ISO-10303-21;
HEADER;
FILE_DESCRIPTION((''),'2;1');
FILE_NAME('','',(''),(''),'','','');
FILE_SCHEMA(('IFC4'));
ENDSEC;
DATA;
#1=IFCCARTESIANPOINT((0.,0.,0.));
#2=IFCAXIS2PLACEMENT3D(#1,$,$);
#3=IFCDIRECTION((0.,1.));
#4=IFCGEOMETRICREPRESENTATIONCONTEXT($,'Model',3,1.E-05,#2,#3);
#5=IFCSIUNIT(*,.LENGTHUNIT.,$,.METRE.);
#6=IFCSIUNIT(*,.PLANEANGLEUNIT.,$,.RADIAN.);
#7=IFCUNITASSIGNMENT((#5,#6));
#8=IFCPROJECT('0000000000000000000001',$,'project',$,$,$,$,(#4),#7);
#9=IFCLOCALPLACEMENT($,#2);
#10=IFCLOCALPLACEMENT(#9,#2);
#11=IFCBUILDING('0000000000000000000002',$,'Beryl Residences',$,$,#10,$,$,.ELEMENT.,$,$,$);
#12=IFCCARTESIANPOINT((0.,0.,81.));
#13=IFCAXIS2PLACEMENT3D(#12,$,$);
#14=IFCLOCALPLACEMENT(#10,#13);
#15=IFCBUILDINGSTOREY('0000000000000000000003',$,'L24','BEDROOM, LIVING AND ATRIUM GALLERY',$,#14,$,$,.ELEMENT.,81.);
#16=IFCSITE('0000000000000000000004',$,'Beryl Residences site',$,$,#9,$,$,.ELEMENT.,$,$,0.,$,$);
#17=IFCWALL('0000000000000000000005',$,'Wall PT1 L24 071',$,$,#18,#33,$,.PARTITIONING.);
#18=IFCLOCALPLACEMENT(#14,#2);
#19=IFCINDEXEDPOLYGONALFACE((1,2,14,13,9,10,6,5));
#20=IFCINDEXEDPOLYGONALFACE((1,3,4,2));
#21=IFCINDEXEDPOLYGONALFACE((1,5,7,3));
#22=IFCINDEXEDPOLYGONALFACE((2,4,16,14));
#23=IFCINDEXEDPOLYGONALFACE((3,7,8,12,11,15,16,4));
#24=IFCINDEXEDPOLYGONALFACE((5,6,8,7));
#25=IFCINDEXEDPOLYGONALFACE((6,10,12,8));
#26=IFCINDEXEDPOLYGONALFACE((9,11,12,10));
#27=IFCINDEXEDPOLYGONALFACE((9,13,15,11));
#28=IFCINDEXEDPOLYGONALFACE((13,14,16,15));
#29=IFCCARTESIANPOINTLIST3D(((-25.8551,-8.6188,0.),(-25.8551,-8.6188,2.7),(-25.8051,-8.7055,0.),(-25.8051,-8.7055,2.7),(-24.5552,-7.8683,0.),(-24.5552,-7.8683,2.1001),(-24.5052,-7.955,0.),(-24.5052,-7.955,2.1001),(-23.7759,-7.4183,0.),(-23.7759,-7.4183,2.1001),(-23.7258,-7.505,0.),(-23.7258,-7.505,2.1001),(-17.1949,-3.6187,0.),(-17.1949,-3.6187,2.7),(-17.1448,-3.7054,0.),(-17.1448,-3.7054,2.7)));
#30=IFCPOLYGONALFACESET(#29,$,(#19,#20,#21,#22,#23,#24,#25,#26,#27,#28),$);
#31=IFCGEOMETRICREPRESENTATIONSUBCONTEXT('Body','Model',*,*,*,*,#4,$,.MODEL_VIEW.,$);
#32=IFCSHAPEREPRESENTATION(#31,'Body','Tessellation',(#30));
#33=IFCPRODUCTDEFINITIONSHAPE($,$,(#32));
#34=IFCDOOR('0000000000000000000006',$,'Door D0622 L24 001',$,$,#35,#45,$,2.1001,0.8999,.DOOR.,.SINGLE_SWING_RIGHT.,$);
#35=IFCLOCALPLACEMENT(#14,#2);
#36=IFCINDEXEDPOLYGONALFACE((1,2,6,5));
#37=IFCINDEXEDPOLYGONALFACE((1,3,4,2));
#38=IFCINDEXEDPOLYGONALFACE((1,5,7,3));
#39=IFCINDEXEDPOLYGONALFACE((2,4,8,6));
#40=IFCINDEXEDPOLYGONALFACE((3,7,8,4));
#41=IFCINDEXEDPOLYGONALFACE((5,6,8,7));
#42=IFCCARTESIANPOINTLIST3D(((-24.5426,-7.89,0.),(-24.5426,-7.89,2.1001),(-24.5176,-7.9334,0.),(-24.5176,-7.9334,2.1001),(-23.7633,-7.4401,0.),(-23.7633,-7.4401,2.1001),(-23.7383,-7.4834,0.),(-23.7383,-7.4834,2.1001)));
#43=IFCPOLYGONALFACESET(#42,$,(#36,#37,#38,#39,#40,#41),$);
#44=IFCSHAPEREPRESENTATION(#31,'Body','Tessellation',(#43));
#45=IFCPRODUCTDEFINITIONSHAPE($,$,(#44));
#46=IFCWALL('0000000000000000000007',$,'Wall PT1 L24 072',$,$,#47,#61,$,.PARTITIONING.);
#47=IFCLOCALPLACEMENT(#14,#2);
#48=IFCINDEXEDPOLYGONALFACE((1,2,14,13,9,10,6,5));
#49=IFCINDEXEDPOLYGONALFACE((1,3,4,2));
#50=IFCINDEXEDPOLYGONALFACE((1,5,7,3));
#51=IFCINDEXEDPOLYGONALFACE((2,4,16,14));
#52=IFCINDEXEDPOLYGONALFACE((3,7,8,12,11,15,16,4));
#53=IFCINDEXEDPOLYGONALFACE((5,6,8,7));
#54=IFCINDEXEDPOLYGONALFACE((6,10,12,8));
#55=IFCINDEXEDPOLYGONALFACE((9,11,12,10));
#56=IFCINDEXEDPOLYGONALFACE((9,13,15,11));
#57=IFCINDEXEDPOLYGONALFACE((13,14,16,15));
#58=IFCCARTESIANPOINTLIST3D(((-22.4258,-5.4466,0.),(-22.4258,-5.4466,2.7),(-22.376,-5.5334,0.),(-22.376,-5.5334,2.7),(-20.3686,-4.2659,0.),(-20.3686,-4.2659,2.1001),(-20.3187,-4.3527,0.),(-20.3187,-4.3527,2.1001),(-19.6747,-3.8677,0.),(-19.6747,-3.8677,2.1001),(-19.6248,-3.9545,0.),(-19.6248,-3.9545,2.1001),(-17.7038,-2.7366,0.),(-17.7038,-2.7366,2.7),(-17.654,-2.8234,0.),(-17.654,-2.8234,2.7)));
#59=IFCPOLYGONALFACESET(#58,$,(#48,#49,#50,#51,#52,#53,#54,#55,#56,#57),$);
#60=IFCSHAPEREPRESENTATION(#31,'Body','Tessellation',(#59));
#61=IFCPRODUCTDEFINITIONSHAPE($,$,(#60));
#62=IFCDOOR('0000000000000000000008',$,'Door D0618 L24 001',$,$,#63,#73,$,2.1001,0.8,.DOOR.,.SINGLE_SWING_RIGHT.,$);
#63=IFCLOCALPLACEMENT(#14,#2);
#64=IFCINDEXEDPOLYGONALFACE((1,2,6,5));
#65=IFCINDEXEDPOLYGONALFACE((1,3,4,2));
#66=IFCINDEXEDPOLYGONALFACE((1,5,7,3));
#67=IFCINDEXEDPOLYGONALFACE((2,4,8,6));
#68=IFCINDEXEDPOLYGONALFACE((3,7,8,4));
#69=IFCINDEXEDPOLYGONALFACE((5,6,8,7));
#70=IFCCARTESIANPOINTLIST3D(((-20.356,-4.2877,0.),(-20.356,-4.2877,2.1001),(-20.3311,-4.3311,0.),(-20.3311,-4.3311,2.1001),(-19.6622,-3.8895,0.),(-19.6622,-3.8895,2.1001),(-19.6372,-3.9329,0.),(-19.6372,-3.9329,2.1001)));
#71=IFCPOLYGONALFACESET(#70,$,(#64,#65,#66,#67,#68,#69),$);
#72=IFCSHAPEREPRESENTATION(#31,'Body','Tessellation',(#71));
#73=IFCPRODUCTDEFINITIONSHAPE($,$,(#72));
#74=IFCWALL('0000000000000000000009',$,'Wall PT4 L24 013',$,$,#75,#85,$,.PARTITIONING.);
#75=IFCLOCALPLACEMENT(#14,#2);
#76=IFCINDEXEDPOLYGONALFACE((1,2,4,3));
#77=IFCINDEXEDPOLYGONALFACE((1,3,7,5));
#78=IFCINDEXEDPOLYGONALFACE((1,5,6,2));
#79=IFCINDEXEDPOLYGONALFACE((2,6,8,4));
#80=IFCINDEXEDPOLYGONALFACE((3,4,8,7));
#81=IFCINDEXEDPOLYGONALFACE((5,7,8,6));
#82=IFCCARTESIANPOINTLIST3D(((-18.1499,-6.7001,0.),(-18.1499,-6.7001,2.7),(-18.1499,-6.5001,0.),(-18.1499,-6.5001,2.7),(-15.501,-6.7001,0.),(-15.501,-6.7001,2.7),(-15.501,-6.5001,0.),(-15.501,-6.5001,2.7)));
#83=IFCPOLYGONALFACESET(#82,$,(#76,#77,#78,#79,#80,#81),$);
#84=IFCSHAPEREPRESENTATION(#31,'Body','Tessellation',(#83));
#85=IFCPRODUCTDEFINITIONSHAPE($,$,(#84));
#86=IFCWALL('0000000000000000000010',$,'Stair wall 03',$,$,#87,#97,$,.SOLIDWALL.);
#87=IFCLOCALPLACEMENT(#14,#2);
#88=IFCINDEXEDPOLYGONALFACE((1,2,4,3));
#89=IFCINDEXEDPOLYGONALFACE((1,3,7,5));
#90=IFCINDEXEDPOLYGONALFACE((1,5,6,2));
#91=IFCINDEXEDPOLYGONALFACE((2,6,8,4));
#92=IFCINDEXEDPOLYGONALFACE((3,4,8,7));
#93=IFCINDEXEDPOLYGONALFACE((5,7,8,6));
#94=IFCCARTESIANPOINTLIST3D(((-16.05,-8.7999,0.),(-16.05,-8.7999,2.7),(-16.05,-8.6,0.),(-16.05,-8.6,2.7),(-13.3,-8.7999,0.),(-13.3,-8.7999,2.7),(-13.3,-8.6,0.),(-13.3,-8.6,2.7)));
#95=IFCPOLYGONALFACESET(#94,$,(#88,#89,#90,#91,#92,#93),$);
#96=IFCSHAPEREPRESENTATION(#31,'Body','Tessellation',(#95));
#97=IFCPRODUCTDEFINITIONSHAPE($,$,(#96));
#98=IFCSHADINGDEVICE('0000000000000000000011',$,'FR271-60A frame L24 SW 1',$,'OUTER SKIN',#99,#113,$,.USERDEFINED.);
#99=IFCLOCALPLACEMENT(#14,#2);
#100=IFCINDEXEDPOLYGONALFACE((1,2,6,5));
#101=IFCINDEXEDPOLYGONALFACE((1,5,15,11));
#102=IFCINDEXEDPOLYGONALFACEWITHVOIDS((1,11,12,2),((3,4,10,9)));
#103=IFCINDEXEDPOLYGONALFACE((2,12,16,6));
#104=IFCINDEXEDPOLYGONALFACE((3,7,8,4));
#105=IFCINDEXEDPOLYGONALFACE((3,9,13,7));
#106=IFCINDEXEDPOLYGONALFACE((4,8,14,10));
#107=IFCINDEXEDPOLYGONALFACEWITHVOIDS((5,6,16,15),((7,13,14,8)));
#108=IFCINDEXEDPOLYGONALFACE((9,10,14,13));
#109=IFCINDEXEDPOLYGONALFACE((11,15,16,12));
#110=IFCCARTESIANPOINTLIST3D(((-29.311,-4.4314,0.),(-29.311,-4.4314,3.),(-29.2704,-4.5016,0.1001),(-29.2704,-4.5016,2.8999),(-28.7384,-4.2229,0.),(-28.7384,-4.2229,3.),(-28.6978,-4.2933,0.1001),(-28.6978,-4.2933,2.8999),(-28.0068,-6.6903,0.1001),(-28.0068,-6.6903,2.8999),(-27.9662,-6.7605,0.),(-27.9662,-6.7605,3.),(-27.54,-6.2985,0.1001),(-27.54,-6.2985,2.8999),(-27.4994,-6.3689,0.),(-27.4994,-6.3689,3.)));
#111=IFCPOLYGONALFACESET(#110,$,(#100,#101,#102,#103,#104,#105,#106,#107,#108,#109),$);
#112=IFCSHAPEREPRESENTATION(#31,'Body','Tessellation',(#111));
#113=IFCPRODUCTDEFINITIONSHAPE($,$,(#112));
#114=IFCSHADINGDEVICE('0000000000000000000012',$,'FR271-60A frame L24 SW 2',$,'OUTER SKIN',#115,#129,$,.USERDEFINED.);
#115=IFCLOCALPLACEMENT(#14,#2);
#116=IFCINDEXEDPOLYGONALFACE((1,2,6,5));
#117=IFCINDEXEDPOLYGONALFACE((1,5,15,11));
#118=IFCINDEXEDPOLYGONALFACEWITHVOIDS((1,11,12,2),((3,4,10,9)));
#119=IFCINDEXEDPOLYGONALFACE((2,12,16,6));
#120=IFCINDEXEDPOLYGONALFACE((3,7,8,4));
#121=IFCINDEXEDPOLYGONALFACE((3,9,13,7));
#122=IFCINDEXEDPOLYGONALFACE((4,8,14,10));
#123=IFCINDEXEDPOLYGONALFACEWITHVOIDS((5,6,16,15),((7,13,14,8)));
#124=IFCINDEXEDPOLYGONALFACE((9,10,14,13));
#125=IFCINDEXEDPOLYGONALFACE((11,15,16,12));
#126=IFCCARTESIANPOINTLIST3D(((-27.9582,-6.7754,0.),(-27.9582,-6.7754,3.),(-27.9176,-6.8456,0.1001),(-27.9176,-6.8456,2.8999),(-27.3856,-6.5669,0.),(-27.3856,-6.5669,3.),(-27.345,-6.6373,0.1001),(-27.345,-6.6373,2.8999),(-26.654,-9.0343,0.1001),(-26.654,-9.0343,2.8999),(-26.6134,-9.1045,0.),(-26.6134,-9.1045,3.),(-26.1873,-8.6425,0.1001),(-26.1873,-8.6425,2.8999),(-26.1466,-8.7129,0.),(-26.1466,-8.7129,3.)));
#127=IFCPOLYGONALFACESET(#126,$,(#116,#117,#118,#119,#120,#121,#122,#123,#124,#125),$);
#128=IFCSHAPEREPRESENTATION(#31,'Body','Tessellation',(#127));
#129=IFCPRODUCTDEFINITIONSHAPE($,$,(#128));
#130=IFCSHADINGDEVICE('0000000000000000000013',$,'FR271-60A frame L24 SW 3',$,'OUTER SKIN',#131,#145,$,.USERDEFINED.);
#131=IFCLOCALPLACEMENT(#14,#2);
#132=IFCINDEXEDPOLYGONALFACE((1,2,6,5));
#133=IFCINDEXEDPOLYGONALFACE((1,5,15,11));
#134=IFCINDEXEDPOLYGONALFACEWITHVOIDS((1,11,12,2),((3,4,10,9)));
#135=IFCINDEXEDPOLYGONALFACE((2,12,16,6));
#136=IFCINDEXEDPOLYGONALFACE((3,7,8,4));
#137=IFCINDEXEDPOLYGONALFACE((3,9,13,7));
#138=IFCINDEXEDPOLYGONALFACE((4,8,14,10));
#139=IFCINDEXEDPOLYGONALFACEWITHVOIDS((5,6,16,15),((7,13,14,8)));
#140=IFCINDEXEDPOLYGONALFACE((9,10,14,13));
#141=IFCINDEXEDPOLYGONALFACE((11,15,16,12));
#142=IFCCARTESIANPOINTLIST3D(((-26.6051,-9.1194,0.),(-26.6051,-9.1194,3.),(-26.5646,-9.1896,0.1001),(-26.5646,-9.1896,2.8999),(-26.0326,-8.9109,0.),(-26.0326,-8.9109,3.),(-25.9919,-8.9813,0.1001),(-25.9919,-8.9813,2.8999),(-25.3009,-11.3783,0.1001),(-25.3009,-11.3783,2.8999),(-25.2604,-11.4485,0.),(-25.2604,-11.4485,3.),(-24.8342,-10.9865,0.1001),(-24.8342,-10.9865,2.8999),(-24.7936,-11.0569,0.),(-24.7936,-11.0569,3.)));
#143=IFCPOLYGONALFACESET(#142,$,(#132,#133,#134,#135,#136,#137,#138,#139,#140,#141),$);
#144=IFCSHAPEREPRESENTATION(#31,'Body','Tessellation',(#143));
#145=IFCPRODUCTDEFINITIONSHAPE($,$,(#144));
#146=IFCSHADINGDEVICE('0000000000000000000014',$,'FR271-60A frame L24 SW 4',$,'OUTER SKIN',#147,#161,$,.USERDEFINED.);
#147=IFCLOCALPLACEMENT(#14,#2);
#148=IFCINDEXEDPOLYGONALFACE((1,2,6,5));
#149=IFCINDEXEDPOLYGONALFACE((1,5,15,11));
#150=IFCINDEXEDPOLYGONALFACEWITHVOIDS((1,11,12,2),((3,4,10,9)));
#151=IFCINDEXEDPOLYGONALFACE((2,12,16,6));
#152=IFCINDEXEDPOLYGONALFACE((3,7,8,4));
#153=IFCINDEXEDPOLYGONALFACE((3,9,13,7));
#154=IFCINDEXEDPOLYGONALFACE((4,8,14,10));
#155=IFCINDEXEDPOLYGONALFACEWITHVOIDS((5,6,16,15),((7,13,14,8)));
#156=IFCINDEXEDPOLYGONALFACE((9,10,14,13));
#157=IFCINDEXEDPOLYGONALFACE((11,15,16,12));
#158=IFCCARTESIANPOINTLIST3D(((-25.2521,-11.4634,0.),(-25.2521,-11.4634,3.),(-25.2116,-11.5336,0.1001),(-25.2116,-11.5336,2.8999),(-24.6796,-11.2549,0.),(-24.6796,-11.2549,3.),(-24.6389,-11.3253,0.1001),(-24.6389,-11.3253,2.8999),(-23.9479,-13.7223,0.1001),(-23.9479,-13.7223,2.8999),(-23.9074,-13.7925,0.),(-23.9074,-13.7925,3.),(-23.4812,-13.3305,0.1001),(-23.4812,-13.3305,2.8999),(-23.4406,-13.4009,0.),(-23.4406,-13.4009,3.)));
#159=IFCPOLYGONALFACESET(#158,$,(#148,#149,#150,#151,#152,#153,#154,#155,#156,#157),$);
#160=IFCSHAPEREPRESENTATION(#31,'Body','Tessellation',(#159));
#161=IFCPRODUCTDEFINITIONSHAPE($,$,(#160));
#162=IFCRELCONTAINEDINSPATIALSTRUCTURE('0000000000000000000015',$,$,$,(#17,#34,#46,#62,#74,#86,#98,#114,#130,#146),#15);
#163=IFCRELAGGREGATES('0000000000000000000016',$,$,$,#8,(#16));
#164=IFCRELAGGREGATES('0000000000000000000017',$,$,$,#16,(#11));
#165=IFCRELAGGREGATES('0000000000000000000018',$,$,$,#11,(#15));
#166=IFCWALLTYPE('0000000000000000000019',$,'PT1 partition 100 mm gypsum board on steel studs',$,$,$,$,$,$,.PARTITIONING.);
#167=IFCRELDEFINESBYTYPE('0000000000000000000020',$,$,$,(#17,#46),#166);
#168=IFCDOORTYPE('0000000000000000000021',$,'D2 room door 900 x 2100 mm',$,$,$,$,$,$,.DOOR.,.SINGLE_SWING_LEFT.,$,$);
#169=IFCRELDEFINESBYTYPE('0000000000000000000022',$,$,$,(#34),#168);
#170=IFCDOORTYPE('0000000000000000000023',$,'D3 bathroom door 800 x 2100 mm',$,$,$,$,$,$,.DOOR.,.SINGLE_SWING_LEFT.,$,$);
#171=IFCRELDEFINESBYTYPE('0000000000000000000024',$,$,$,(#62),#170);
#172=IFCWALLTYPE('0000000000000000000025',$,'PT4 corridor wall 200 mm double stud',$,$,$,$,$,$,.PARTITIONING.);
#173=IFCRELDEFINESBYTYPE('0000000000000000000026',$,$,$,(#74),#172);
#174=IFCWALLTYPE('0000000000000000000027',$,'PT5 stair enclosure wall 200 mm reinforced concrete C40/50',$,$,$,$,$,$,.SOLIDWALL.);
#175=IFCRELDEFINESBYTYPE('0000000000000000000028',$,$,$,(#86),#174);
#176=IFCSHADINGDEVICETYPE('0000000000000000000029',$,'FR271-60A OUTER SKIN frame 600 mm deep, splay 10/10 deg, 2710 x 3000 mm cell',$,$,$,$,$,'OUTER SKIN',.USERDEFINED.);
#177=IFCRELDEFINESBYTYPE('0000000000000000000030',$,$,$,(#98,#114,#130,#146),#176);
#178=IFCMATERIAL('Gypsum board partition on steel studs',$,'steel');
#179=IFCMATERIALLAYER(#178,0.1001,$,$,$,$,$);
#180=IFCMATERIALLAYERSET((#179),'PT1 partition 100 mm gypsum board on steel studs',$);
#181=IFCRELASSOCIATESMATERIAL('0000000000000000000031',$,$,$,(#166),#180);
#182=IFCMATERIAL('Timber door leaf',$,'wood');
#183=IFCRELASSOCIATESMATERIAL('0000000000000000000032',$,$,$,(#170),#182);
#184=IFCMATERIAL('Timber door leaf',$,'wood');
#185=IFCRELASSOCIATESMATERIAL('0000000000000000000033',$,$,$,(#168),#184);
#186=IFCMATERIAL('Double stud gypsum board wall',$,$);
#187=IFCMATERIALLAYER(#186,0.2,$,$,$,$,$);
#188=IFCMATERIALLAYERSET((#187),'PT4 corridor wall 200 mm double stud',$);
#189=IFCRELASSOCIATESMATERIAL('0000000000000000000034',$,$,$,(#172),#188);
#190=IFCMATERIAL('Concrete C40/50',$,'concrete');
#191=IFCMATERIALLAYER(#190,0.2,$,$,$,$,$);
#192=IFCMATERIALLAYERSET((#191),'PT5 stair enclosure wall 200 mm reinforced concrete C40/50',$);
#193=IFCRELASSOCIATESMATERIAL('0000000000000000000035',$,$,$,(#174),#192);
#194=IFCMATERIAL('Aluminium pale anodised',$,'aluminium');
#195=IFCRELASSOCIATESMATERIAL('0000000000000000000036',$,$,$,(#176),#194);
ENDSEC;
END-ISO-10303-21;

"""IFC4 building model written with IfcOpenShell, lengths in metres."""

from ifc_helpers import new_model, entity, si_unit, direction, frame, frame_2d, origin, place, context, subcontext, project, spatial, rectangle, extrude, source, transform, mapped, material, layer, layer_set, type_object, type_shapes, element, fill, save


model = new_model("IFC4")

# Units and contexts
model_context = context("Model", 3, precision=1e-05, world=origin(), true_north=direction((0.0, 1.0)))
body_context = subcontext(model_context, "Body", "Model", "MODEL_VIEW")
ifc_project = project(units=[si_unit("LENGTHUNIT", "METRE"), si_unit("PLANEANGLEUNIT", "RADIAN")], contexts=[model_context])

# Site, building, storey
site_placement = place(None, origin())
site = spatial("IfcSite", under=ifc_project, at=site_placement, Name="Beryl Residences site", CompositionType="ELEMENT", RefElevation=0.0)
building_placement = place(site_placement, origin())
building = spatial("IfcBuilding", under=site, at=building_placement, Name="Beryl Residences", CompositionType="ELEMENT")
storey_placement = place(building_placement, frame((0.0, 0.0, 81.0)))
storey = spatial("IfcBuildingStorey", under=building, at=storey_placement, Name="L24", Description="BEDROOM, LIVING AND ATRIUM GALLERY", CompositionType="ELEMENT", Elevation=81.0)

# Shared definitions
ifc_material_1 = material(Name="Gypsum board partition on steel studs", Category="steel")
ifc_layer_1 = layer(ifc_material_1, 0.1001)
ifc_layer_set_1 = layer_set([ifc_layer_1], Name="PT1 partition 100 mm gypsum board on steel studs")
wall_type_1 = type_object("IfcWallType", Name="PT1 partition 100 mm gypsum board on steel studs", PredefinedType="PARTITIONING", material=ifc_layer_set_1)

# Shared definitions
ifc_material_2 = material(Name="Timber door leaf", Category="wood")
door_type_1 = type_object("IfcDoorType", Name="D3 bathroom door 800 x 2100 mm", OperationType="SINGLE_SWING_LEFT", PredefinedType="DOOR", material=ifc_material_2)
ifc_material_3 = material(Name="Timber door leaf", Category="wood")
door_type_2 = type_object("IfcDoorType", Name="D2 room door 900 x 2100 mm", OperationType="SINGLE_SWING_LEFT", PredefinedType="DOOR", material=ifc_material_3)

# Walls, openings, doors
wall_1_placement = place(storey_placement, frame((-25.8301, -8.6621, 0.0), z_axis=(0.0, 0.0, 1.0), x_axis=(0.866023, 0.500004, 0.0)))
wall_1 = element("IfcWall", 1, at=wall_1_placement, inside=storey, type_object=wall_type_1, Name="Wall PT1 L24 071", PredefinedType="PARTITIONING", context=body_context, shape_type="SweptSolid", body=[
    extrude(rectangle(XDim=10.0, YDim=0.1001, at=frame_2d((5.0, 0.0))), origin(), (0.0, 0.0, 1.0), 2.7),
])
opening_1_placement = place(wall_1_placement, frame((1.501, 0.0, 0.0)))
opening_1 = element("IfcOpeningElement", 2, at=opening_1_placement, cuts=wall_1, PredefinedType="OPENING", context=body_context, shape_type="SweptSolid", body=[
    extrude(rectangle(XDim=0.8999, YDim=2.1001, at=frame_2d((0.45, 1.05))), frame((0.0, 0.0601, 0.0), z_axis=(0.0, -1.0, 0.0), x_axis=(1.0, 0.0, 0.0)), (0.0, 0.0, 1.0), 0.1201),
])
door_1_placement = place(opening_1_placement, origin())
door_1 = element("IfcDoor", 3, at=door_1_placement, inside=storey, type_object=door_type_2, Name="Door D0622 L24 001", OperationType="SINGLE_SWING_RIGHT", OverallHeight=2.1001, OverallWidth=0.8999, PredefinedType="DOOR", context=body_context, shape_type="SweptSolid", body=[
    extrude(rectangle(XDim=0.8999, YDim=2.1001, at=frame_2d((0.45, 1.05))), frame((0.0, 0.0249, 0.0), z_axis=(0.0, -1.0, 0.0), x_axis=(1.0, 0.0, 0.0)), (0.0, 0.0, 1.0), 0.05),
])
fill(opening_1, door_1)
wall_2_placement = place(storey_placement, frame((-22.4009, -5.49, 0.0), z_axis=(0.0, 0.0, 1.0), x_axis=(0.867314, 0.497761, 0.0)))
wall_2 = element("IfcWall", 4, at=wall_2_placement, inside=storey, type_object=wall_type_1, Name="Wall PT1 L24 072", PredefinedType="PARTITIONING", context=body_context, shape_type="SweptSolid", body=[
    extrude(rectangle(XDim=5.4443, YDim=0.1001, at=frame_2d((2.7222, 0.0))), origin(), (0.0, 0.0, 1.0), 2.7),
])
opening_2_placement = place(wall_2_placement, frame((2.3721, 0.0, 0.0)))
opening_2 = element("IfcOpeningElement", 5, at=opening_2_placement, cuts=wall_2, PredefinedType="OPENING", context=body_context, shape_type="SweptSolid", body=[
    extrude(rectangle(XDim=0.8, YDim=2.1001, at=frame_2d((0.3999, 1.05))), frame((0.0, 0.0601, 0.0), z_axis=(0.0, -1.0, 0.0), x_axis=(1.0, 0.0, 0.0)), (0.0, 0.0, 1.0), 0.1201),
])
door_2_placement = place(opening_2_placement, origin())
door_2 = element("IfcDoor", 6, at=door_2_placement, inside=storey, type_object=door_type_1, Name="Door D0618 L24 001", OperationType="SINGLE_SWING_RIGHT", OverallHeight=2.1001, OverallWidth=0.8, PredefinedType="DOOR", context=body_context, shape_type="SweptSolid", body=[
    extrude(rectangle(XDim=0.8, YDim=2.1001, at=frame_2d((0.3999, 1.05))), frame((0.0, 0.0249, 0.0), z_axis=(0.0, -1.0, 0.0), x_axis=(1.0, 0.0, 0.0)), (0.0, 0.0, 1.0), 0.05),
])
fill(opening_2, door_2)

# Walls
ifc_material_4 = material(Name="Double stud gypsum board wall")
ifc_layer_2 = layer(ifc_material_4, 0.2)
ifc_layer_set_2 = layer_set([ifc_layer_2], Name="PT4 corridor wall 200 mm double stud")
wall_type_2 = type_object("IfcWallType", Name="PT4 corridor wall 200 mm double stud", PredefinedType="PARTITIONING", material=ifc_layer_set_2)
wall_3_placement = place(storey_placement, frame((-18.1499, -6.6001, 0.0), z_axis=(0.0, 0.0, 1.0), x_axis=(1.0, 0.0, 0.0)))
element("IfcWall", 7, at=wall_3_placement, inside=storey, type_object=wall_type_2, Name="Wall PT4 L24 013", PredefinedType="PARTITIONING", context=body_context, shape_type="SweptSolid", body=[
    extrude(rectangle(XDim=2.6489, YDim=0.2, at=frame_2d((1.3245, 0.0))), origin(), (0.0, 0.0, 1.0), 2.7),
])
ifc_material_5 = material(Name="Concrete C40/50", Category="concrete")
ifc_layer_3 = layer(ifc_material_5, 0.2)
ifc_layer_set_3 = layer_set([ifc_layer_3], Name="PT5 stair enclosure wall 200 mm reinforced concrete C40/50")
wall_type_3 = type_object("IfcWallType", Name="PT5 stair enclosure wall 200 mm reinforced concrete C40/50", PredefinedType="SOLIDWALL", material=ifc_layer_set_3)
wall_4_placement = place(storey_placement, frame((-16.05, -8.7, 0.0), z_axis=(0.0, 0.0, 1.0), x_axis=(1.0, 0.0, 0.0)))
element("IfcWall", 8, at=wall_4_placement, inside=storey, type_object=wall_type_3, Name="Stair wall 03", PredefinedType="SOLIDWALL", context=body_context, shape_type="SweptSolid", body=[
    extrude(rectangle(XDim=2.75, YDim=0.2, at=frame_2d((1.375, 0.0))), origin(), (0.0, 0.0, 1.0), 2.7),
])

# Shading devices
ifc_material_6 = material(Name="Aluminium pale anodised", Category="aluminium")
shading_device_type = type_object("IfcShadingDeviceType", Name="FR271-60A OUTER SKIN frame 600 mm deep, splay 10/10 deg, 2710 x 3000 mm cell", ElementType="OUTER SKIN", PredefinedType="USERDEFINED", material=ifc_material_6)
cartesian_point_1 = entity("IfcCartesianPoint", [-1.239, 0.0])
cartesian_point_2 = entity("IfcCartesianPoint", [-1.1577, 0.1001])
cartesian_point_3 = entity("IfcCartesianPoint", [-1.3447, 0.0])
cartesian_point_4 = entity("IfcCartesianPoint", [-1.2637, 0.1001])
shared_shape_1 = source(origin(), body_context, "Body", "SweptSolid", [
    entity("IfcExtrudedAreaSolidTapered", entity("IfcArbitraryProfileDefWithVoids", "AREA", None, entity("IfcPolyline", [cartesian_point_1, entity("IfcCartesianPoint", [1.239, 0.0]), entity("IfcCartesianPoint", [1.239, 3.0]), entity("IfcCartesianPoint", [-1.239, 3.0]), cartesian_point_1]), [entity("IfcPolyline", [cartesian_point_2, entity("IfcCartesianPoint", [1.1577, 0.1001]), entity("IfcCartesianPoint", [1.1577, 2.8999]), entity("IfcCartesianPoint", [-1.1577, 2.8999]), cartesian_point_2])]), entity("IfcAxis2Placement3D", entity("IfcCartesianPoint", [0.0, 0.0, 0.0]), entity("IfcDirection", [0.0, 1.0, 0.0]), entity("IfcDirection", [-1.0, 0.0, 0.0])), entity("IfcDirection", [0.0, 0.0, 1.0]), 0.6001, entity("IfcArbitraryProfileDefWithVoids", "AREA", None, entity("IfcPolyline", [cartesian_point_3, entity("IfcCartesianPoint", [1.3447, 0.0]), entity("IfcCartesianPoint", [1.3447, 3.0]), entity("IfcCartesianPoint", [-1.3447, 3.0]), cartesian_point_3]), [entity("IfcPolyline", [cartesian_point_4, entity("IfcCartesianPoint", [1.2637, 0.1001]), entity("IfcCartesianPoint", [1.2637, 2.8999]), entity("IfcCartesianPoint", [-1.2637, 2.8999]), cartesian_point_4])])),
])
type_shapes(shading_device_type, [shared_shape_1])
for number, where, z_axis, x_axis, name in (
    (9, (-28.1189, -5.2959, 0.0), (0.0, 0.0, 1.0), (-0.5, 0.866025, 0.0), "FR271-60A frame L24 SW 1"),
    (10, (-26.7661, -7.6399, 0.0), (0.0, 0.0, 1.0), (-0.5, 0.866025, 0.0), "FR271-60A frame L24 SW 2"),
    (11, (-25.4131, -9.9839, 0.0), (0.0, 0.0, 1.0), (-0.5, 0.866025, 0.0), "FR271-60A frame L24 SW 3"),
    (12, (-24.0601, -12.3279, 0.0), (0.0, 0.0, 1.0), (-0.5, 0.866025, 0.0), "FR271-60A frame L24 SW 4"),
):
    element("IfcShadingDevice", number, at=place(storey_placement, frame(where, z_axis=z_axis, x_axis=x_axis)), inside=storey, type_object=shading_device_type, Name=name, ObjectType="OUTER SKIN", PredefinedType="USERDEFINED", context=body_context, shape_type="MappedRepresentation", body=[
        mapped(shared_shape_1, transform((0.0, 0.0, 0.0))),
    ])

save(model, "model.ifc")
